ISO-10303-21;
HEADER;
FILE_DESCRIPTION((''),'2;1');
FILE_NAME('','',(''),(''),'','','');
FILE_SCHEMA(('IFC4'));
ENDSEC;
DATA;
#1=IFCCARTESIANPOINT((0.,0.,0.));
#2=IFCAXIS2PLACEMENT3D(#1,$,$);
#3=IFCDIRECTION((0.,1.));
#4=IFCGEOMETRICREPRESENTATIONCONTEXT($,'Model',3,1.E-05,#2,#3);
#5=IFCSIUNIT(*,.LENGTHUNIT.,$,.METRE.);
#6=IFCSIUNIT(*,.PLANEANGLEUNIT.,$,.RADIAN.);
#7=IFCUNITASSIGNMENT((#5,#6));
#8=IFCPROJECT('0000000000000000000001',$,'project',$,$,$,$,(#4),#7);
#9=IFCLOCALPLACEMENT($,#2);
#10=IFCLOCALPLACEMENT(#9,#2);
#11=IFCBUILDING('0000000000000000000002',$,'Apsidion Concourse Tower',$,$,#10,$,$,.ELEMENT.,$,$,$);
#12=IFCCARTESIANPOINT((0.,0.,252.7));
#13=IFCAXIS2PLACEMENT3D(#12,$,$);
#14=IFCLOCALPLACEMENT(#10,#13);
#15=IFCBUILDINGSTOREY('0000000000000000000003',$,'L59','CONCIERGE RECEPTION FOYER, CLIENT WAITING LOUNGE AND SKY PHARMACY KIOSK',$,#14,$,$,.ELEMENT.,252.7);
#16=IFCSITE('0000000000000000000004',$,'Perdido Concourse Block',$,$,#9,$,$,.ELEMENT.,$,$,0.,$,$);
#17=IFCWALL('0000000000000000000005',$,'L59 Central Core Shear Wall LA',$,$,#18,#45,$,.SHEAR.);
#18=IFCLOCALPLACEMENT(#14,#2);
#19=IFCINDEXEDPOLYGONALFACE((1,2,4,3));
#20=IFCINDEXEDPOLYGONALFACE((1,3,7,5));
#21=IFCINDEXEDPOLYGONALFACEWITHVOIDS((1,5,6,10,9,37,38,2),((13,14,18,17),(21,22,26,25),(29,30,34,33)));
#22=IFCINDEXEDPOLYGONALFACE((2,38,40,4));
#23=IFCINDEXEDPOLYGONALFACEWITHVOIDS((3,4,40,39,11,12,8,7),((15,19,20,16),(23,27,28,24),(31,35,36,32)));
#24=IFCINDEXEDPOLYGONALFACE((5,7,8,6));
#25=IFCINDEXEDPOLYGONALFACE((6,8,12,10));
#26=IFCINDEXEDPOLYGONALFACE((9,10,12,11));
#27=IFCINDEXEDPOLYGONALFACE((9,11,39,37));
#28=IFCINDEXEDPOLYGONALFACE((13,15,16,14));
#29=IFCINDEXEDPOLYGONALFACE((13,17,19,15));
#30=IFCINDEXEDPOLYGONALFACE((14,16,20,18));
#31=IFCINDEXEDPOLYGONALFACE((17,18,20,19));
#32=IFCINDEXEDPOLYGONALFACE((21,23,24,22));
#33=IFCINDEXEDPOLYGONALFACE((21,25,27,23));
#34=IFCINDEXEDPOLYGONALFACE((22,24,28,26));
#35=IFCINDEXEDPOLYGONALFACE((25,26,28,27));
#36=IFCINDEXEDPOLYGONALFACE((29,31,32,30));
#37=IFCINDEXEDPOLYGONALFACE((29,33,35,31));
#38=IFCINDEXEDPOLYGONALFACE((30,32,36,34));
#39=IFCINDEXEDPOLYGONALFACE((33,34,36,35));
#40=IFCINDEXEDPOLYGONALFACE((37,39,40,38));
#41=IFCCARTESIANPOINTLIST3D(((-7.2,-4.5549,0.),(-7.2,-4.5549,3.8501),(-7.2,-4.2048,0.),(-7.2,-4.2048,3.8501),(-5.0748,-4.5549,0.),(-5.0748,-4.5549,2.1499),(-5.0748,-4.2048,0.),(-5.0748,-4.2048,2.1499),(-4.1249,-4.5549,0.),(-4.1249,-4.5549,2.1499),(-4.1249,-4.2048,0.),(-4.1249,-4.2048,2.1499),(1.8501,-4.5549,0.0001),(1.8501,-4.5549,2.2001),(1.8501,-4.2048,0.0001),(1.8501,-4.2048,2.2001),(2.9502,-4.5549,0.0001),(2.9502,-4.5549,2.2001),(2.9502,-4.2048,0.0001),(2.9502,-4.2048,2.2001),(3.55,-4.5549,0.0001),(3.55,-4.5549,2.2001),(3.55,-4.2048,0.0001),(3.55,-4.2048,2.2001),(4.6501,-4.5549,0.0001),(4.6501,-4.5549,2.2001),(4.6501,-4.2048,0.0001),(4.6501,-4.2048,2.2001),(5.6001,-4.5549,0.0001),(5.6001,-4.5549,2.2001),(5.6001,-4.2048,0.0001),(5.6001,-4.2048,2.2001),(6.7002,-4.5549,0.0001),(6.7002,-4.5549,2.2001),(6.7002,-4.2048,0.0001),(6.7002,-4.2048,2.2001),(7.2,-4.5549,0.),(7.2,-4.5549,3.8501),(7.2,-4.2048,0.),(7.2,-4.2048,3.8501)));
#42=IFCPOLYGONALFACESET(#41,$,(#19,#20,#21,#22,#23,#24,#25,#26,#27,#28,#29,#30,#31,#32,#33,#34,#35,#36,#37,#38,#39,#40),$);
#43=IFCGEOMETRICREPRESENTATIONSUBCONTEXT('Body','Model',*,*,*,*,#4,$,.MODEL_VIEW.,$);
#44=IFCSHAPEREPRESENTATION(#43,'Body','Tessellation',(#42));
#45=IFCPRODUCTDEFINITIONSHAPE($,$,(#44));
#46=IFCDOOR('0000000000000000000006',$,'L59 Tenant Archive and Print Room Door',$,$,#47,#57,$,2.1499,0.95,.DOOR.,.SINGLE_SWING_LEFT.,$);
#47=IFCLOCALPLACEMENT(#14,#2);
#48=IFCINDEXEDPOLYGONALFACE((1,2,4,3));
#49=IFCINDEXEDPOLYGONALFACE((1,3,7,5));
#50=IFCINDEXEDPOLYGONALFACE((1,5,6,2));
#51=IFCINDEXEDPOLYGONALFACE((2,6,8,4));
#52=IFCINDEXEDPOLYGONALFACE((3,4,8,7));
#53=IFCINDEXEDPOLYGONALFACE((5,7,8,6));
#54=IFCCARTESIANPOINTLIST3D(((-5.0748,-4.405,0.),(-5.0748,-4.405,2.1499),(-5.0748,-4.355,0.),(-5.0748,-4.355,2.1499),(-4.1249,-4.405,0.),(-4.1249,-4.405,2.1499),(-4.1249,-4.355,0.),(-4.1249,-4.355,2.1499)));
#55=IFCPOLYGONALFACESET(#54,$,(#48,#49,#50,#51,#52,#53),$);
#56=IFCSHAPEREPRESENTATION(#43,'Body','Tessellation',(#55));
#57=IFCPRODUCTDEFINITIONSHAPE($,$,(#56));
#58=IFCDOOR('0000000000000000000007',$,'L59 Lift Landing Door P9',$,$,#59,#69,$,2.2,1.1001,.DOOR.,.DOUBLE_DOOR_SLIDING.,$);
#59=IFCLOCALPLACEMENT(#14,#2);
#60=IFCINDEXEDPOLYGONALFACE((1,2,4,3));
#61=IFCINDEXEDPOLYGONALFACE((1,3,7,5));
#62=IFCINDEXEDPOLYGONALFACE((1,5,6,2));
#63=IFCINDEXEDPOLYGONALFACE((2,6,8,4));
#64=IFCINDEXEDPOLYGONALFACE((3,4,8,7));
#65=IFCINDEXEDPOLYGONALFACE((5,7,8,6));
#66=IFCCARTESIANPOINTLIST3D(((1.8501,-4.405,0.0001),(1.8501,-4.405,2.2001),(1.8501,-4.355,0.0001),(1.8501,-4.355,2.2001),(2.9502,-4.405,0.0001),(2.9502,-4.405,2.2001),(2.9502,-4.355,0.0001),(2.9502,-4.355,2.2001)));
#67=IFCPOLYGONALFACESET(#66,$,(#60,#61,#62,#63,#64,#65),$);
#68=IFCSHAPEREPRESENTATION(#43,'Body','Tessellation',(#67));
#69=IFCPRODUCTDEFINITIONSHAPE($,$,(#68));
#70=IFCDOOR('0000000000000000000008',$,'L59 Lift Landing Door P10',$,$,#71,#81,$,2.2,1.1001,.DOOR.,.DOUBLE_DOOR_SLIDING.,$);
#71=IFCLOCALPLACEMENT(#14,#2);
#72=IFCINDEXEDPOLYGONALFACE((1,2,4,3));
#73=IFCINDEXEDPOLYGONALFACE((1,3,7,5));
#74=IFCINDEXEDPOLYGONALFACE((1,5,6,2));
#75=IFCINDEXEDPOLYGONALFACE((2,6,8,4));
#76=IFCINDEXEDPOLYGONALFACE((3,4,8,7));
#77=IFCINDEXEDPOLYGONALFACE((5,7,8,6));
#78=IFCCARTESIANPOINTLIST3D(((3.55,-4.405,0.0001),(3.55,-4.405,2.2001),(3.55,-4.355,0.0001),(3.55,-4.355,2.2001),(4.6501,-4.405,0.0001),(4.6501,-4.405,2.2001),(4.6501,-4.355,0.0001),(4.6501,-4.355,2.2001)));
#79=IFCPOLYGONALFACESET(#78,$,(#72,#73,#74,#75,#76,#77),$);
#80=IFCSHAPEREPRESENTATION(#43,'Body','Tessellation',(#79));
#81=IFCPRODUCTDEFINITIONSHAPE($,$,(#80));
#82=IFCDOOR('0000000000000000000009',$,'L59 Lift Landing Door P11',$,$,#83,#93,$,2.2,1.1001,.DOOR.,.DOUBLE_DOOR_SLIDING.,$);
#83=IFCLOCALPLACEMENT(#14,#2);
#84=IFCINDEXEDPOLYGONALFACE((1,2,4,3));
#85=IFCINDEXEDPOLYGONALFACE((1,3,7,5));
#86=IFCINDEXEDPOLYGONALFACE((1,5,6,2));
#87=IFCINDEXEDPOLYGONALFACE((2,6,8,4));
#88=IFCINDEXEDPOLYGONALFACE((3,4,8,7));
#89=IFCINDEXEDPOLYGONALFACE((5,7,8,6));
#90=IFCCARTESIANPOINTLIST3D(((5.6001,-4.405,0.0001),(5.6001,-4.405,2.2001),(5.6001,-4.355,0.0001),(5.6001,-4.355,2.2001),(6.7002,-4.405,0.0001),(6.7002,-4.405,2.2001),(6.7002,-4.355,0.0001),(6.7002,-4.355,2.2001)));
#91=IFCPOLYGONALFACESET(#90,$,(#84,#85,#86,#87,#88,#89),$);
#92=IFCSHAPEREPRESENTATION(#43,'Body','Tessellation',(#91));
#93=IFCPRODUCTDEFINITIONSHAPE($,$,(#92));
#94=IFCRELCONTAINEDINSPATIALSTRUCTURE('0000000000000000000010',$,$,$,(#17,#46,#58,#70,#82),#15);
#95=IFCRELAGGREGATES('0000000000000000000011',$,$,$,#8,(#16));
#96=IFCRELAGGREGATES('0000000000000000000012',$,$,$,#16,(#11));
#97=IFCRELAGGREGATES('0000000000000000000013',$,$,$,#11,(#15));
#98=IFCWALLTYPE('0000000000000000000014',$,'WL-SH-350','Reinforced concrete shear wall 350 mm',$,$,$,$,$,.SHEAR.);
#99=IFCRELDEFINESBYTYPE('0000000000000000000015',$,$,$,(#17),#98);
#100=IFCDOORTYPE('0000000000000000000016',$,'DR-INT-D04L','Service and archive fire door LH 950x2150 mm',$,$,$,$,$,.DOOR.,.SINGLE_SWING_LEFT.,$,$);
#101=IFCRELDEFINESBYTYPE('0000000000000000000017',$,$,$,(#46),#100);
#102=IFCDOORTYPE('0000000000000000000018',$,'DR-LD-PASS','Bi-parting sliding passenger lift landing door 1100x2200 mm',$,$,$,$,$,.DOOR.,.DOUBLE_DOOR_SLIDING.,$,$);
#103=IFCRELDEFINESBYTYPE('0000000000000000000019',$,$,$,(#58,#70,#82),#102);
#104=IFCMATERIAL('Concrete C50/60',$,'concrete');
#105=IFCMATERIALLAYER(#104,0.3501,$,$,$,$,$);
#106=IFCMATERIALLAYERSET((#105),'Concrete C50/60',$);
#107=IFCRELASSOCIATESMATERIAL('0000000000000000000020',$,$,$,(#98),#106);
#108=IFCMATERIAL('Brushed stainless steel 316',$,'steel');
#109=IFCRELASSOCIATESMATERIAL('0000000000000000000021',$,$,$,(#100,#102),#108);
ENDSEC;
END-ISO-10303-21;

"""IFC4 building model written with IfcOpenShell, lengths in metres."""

from ifc_helpers import new_model, si_unit, direction, frame, frame_2d, origin, place, context, subcontext, project, spatial, rectangle, extrude, material, layer, layer_set, type_object, element, fill, save


model = new_model("IFC4")

# Units and contexts
model_context = context("Model", 3, precision=1e-05, world=origin(), true_north=direction((0.0, 1.0)))
body_context = subcontext(model_context, "Body", "Model", "MODEL_VIEW")
ifc_project = project(units=[si_unit("LENGTHUNIT", "METRE"), si_unit("PLANEANGLEUNIT", "RADIAN")], contexts=[model_context])

# Site, building, storey
site_placement = place(None, origin())
site = spatial("IfcSite", under=ifc_project, at=site_placement, Name="Perdido Concourse Block", CompositionType="ELEMENT", RefElevation=0.0)
building_placement = place(site_placement, origin())
building = spatial("IfcBuilding", under=site, at=building_placement, Name="Apsidion Concourse Tower", CompositionType="ELEMENT")
storey_placement = place(building_placement, frame((0.0, 0.0, 252.7)))
storey = spatial("IfcBuildingStorey", under=building, at=storey_placement, Name="L59", Description="CONCIERGE RECEPTION FOYER, CLIENT WAITING LOUNGE AND SKY PHARMACY KIOSK", CompositionType="ELEMENT", Elevation=252.7)

# Shared definitions
ifc_material_1 = material(Name="Concrete C50/60", Category="concrete")

# Shared definitions
ifc_material_2 = material(Name="Brushed stainless steel 316", Category="steel")

# Shared definitions
ifc_layer_1 = layer(ifc_material_1, 0.3501)
ifc_layer_set_1 = layer_set([ifc_layer_1], Name="Concrete C50/60")
wall_type_1 = type_object("IfcWallType", Name="WL-SH-350", Description="Reinforced concrete shear wall 350 mm", PredefinedType="SHEAR", material=ifc_layer_set_1)

# Wall, openings, doors
wall_1_placement = place(storey_placement, frame((-7.2, -4.3799, 0.0), z_axis=(0.0, 0.0, 1.0), x_axis=(1.0, 0.0, 0.0)))
wall_1 = element("IfcWall", 1, at=wall_1_placement, inside=storey, type_object=wall_type_1, Name="L59 Central Core Shear Wall LA", PredefinedType="SHEAR", context=body_context, shape_type="SweptSolid", body=[
    extrude(rectangle(XDim=14.3999, YDim=0.3501, at=frame_2d((7.2, 0.0))), origin(), (0.0, 0.0, 1.0), 3.8501),
])
opening_1_placement = place(wall_1_placement, frame((9.05, 0.0, 0.0)))
opening_1 = element("IfcOpeningElement", 2, at=opening_1_placement, cuts=wall_1, PredefinedType="OPENING", context=body_context, shape_type="SweptSolid", body=[
    extrude(rectangle(XDim=1.1001, YDim=2.2, at=frame_2d((0.55, 1.1001))), frame((0.0, 0.1851, 0.0), z_axis=(0.0, -1.0, 0.0), x_axis=(1.0, 0.0, 0.0)), (0.0, 0.0, 1.0), 0.3701),
])
opening_2_placement = place(wall_1_placement, frame((10.75, 0.0, 0.0)))
opening_2 = element("IfcOpeningElement", 3, at=opening_2_placement, cuts=wall_1, PredefinedType="OPENING", context=body_context, shape_type="SweptSolid", body=[
    extrude(rectangle(XDim=1.1001, YDim=2.2, at=frame_2d((0.55, 1.1001))), frame((0.0, 0.1851, 0.0), z_axis=(0.0, -1.0, 0.0), x_axis=(1.0, 0.0, 0.0)), (0.0, 0.0, 1.0), 0.3701),
])
opening_3_placement = place(wall_1_placement, frame((12.8, 0.0, 0.0)))
opening_3 = element("IfcOpeningElement", 4, at=opening_3_placement, cuts=wall_1, PredefinedType="OPENING", context=body_context, shape_type="SweptSolid", body=[
    extrude(rectangle(XDim=1.1001, YDim=2.2, at=frame_2d((0.55, 1.1001))), frame((0.0, 0.1851, 0.0), z_axis=(0.0, -1.0, 0.0), x_axis=(1.0, 0.0, 0.0)), (0.0, 0.0, 1.0), 0.3701),
])
opening_4_placement = place(wall_1_placement, frame((2.125, 0.0, 0.0)))
opening_4 = element("IfcOpeningElement", 5, at=opening_4_placement, cuts=wall_1, PredefinedType="OPENING", context=body_context, shape_type="SweptSolid", body=[
    extrude(rectangle(XDim=0.95, YDim=2.1499, at=frame_2d((0.4751, 1.075))), frame((0.0, 0.1851, 0.0), z_axis=(0.0, -1.0, 0.0), x_axis=(1.0, 0.0, 0.0)), (0.0, 0.0, 1.0), 0.3701),
])
door_type_1 = type_object("IfcDoorType", Name="DR-INT-D04L", Description="Service and archive fire door LH 950x2150 mm", OperationType="SINGLE_SWING_LEFT", PredefinedType="DOOR", material=ifc_material_2)
door_1_placement = place(opening_4_placement, origin())
door_1 = element("IfcDoor", 6, at=door_1_placement, inside=storey, type_object=door_type_1, Name="L59 Tenant Archive and Print Room Door", OperationType="SINGLE_SWING_LEFT", OverallHeight=2.1499, OverallWidth=0.95, PredefinedType="DOOR", context=body_context, shape_type="SweptSolid", body=[
    extrude(rectangle(XDim=0.95, YDim=2.1499, at=frame_2d((0.4751, 1.075))), frame((0.0, 0.0249, 0.0), z_axis=(0.0, -1.0, 0.0), x_axis=(1.0, 0.0, 0.0)), (0.0, 0.0, 1.0), 0.05),
])
fill(opening_4, door_1)
door_type_2 = type_object("IfcDoorType", Name="DR-LD-PASS", Description="Bi-parting sliding passenger lift landing door 1100x2200 mm", OperationType="DOUBLE_DOOR_SLIDING", PredefinedType="DOOR", material=ifc_material_2)
door_2_placement = place(opening_1_placement, origin())
door_2 = element("IfcDoor", 7, at=door_2_placement, inside=storey, type_object=door_type_2, Name="L59 Lift Landing Door P9", OperationType="DOUBLE_DOOR_SLIDING", OverallHeight=2.2, OverallWidth=1.1001, PredefinedType="DOOR", context=body_context, shape_type="SweptSolid", body=[
    extrude(rectangle(XDim=1.1001, YDim=2.2, at=frame_2d((0.55, 1.1001))), frame((0.0, 0.0249, 0.0), z_axis=(0.0, -1.0, 0.0), x_axis=(1.0, 0.0, 0.0)), (0.0, 0.0, 1.0), 0.05),
])
fill(opening_1, door_2)
door_3_placement = place(opening_2_placement, origin())
door_3 = element("IfcDoor", 8, at=door_3_placement, inside=storey, type_object=door_type_2, Name="L59 Lift Landing Door P10", OperationType="DOUBLE_DOOR_SLIDING", OverallHeight=2.2, OverallWidth=1.1001, PredefinedType="DOOR", context=body_context, shape_type="SweptSolid", body=[
    extrude(rectangle(XDim=1.1001, YDim=2.2, at=frame_2d((0.55, 1.1001))), frame((0.0, 0.0249, 0.0), z_axis=(0.0, -1.0, 0.0), x_axis=(1.0, 0.0, 0.0)), (0.0, 0.0, 1.0), 0.05),
])
fill(opening_2, door_3)
door_4_placement = place(opening_3_placement, origin())
door_4 = element("IfcDoor", 9, at=door_4_placement, inside=storey, type_object=door_type_2, Name="L59 Lift Landing Door P11", OperationType="DOUBLE_DOOR_SLIDING", OverallHeight=2.2, OverallWidth=1.1001, PredefinedType="DOOR", context=body_context, shape_type="SweptSolid", body=[
    extrude(rectangle(XDim=1.1001, YDim=2.2, at=frame_2d((0.55, 1.1001))), frame((0.0, 0.0249, 0.0), z_axis=(0.0, -1.0, 0.0), x_axis=(1.0, 0.0, 0.0)), (0.0, 0.0, 1.0), 0.05),
])
fill(opening_3, door_4)

save(model, "model.ifc")
